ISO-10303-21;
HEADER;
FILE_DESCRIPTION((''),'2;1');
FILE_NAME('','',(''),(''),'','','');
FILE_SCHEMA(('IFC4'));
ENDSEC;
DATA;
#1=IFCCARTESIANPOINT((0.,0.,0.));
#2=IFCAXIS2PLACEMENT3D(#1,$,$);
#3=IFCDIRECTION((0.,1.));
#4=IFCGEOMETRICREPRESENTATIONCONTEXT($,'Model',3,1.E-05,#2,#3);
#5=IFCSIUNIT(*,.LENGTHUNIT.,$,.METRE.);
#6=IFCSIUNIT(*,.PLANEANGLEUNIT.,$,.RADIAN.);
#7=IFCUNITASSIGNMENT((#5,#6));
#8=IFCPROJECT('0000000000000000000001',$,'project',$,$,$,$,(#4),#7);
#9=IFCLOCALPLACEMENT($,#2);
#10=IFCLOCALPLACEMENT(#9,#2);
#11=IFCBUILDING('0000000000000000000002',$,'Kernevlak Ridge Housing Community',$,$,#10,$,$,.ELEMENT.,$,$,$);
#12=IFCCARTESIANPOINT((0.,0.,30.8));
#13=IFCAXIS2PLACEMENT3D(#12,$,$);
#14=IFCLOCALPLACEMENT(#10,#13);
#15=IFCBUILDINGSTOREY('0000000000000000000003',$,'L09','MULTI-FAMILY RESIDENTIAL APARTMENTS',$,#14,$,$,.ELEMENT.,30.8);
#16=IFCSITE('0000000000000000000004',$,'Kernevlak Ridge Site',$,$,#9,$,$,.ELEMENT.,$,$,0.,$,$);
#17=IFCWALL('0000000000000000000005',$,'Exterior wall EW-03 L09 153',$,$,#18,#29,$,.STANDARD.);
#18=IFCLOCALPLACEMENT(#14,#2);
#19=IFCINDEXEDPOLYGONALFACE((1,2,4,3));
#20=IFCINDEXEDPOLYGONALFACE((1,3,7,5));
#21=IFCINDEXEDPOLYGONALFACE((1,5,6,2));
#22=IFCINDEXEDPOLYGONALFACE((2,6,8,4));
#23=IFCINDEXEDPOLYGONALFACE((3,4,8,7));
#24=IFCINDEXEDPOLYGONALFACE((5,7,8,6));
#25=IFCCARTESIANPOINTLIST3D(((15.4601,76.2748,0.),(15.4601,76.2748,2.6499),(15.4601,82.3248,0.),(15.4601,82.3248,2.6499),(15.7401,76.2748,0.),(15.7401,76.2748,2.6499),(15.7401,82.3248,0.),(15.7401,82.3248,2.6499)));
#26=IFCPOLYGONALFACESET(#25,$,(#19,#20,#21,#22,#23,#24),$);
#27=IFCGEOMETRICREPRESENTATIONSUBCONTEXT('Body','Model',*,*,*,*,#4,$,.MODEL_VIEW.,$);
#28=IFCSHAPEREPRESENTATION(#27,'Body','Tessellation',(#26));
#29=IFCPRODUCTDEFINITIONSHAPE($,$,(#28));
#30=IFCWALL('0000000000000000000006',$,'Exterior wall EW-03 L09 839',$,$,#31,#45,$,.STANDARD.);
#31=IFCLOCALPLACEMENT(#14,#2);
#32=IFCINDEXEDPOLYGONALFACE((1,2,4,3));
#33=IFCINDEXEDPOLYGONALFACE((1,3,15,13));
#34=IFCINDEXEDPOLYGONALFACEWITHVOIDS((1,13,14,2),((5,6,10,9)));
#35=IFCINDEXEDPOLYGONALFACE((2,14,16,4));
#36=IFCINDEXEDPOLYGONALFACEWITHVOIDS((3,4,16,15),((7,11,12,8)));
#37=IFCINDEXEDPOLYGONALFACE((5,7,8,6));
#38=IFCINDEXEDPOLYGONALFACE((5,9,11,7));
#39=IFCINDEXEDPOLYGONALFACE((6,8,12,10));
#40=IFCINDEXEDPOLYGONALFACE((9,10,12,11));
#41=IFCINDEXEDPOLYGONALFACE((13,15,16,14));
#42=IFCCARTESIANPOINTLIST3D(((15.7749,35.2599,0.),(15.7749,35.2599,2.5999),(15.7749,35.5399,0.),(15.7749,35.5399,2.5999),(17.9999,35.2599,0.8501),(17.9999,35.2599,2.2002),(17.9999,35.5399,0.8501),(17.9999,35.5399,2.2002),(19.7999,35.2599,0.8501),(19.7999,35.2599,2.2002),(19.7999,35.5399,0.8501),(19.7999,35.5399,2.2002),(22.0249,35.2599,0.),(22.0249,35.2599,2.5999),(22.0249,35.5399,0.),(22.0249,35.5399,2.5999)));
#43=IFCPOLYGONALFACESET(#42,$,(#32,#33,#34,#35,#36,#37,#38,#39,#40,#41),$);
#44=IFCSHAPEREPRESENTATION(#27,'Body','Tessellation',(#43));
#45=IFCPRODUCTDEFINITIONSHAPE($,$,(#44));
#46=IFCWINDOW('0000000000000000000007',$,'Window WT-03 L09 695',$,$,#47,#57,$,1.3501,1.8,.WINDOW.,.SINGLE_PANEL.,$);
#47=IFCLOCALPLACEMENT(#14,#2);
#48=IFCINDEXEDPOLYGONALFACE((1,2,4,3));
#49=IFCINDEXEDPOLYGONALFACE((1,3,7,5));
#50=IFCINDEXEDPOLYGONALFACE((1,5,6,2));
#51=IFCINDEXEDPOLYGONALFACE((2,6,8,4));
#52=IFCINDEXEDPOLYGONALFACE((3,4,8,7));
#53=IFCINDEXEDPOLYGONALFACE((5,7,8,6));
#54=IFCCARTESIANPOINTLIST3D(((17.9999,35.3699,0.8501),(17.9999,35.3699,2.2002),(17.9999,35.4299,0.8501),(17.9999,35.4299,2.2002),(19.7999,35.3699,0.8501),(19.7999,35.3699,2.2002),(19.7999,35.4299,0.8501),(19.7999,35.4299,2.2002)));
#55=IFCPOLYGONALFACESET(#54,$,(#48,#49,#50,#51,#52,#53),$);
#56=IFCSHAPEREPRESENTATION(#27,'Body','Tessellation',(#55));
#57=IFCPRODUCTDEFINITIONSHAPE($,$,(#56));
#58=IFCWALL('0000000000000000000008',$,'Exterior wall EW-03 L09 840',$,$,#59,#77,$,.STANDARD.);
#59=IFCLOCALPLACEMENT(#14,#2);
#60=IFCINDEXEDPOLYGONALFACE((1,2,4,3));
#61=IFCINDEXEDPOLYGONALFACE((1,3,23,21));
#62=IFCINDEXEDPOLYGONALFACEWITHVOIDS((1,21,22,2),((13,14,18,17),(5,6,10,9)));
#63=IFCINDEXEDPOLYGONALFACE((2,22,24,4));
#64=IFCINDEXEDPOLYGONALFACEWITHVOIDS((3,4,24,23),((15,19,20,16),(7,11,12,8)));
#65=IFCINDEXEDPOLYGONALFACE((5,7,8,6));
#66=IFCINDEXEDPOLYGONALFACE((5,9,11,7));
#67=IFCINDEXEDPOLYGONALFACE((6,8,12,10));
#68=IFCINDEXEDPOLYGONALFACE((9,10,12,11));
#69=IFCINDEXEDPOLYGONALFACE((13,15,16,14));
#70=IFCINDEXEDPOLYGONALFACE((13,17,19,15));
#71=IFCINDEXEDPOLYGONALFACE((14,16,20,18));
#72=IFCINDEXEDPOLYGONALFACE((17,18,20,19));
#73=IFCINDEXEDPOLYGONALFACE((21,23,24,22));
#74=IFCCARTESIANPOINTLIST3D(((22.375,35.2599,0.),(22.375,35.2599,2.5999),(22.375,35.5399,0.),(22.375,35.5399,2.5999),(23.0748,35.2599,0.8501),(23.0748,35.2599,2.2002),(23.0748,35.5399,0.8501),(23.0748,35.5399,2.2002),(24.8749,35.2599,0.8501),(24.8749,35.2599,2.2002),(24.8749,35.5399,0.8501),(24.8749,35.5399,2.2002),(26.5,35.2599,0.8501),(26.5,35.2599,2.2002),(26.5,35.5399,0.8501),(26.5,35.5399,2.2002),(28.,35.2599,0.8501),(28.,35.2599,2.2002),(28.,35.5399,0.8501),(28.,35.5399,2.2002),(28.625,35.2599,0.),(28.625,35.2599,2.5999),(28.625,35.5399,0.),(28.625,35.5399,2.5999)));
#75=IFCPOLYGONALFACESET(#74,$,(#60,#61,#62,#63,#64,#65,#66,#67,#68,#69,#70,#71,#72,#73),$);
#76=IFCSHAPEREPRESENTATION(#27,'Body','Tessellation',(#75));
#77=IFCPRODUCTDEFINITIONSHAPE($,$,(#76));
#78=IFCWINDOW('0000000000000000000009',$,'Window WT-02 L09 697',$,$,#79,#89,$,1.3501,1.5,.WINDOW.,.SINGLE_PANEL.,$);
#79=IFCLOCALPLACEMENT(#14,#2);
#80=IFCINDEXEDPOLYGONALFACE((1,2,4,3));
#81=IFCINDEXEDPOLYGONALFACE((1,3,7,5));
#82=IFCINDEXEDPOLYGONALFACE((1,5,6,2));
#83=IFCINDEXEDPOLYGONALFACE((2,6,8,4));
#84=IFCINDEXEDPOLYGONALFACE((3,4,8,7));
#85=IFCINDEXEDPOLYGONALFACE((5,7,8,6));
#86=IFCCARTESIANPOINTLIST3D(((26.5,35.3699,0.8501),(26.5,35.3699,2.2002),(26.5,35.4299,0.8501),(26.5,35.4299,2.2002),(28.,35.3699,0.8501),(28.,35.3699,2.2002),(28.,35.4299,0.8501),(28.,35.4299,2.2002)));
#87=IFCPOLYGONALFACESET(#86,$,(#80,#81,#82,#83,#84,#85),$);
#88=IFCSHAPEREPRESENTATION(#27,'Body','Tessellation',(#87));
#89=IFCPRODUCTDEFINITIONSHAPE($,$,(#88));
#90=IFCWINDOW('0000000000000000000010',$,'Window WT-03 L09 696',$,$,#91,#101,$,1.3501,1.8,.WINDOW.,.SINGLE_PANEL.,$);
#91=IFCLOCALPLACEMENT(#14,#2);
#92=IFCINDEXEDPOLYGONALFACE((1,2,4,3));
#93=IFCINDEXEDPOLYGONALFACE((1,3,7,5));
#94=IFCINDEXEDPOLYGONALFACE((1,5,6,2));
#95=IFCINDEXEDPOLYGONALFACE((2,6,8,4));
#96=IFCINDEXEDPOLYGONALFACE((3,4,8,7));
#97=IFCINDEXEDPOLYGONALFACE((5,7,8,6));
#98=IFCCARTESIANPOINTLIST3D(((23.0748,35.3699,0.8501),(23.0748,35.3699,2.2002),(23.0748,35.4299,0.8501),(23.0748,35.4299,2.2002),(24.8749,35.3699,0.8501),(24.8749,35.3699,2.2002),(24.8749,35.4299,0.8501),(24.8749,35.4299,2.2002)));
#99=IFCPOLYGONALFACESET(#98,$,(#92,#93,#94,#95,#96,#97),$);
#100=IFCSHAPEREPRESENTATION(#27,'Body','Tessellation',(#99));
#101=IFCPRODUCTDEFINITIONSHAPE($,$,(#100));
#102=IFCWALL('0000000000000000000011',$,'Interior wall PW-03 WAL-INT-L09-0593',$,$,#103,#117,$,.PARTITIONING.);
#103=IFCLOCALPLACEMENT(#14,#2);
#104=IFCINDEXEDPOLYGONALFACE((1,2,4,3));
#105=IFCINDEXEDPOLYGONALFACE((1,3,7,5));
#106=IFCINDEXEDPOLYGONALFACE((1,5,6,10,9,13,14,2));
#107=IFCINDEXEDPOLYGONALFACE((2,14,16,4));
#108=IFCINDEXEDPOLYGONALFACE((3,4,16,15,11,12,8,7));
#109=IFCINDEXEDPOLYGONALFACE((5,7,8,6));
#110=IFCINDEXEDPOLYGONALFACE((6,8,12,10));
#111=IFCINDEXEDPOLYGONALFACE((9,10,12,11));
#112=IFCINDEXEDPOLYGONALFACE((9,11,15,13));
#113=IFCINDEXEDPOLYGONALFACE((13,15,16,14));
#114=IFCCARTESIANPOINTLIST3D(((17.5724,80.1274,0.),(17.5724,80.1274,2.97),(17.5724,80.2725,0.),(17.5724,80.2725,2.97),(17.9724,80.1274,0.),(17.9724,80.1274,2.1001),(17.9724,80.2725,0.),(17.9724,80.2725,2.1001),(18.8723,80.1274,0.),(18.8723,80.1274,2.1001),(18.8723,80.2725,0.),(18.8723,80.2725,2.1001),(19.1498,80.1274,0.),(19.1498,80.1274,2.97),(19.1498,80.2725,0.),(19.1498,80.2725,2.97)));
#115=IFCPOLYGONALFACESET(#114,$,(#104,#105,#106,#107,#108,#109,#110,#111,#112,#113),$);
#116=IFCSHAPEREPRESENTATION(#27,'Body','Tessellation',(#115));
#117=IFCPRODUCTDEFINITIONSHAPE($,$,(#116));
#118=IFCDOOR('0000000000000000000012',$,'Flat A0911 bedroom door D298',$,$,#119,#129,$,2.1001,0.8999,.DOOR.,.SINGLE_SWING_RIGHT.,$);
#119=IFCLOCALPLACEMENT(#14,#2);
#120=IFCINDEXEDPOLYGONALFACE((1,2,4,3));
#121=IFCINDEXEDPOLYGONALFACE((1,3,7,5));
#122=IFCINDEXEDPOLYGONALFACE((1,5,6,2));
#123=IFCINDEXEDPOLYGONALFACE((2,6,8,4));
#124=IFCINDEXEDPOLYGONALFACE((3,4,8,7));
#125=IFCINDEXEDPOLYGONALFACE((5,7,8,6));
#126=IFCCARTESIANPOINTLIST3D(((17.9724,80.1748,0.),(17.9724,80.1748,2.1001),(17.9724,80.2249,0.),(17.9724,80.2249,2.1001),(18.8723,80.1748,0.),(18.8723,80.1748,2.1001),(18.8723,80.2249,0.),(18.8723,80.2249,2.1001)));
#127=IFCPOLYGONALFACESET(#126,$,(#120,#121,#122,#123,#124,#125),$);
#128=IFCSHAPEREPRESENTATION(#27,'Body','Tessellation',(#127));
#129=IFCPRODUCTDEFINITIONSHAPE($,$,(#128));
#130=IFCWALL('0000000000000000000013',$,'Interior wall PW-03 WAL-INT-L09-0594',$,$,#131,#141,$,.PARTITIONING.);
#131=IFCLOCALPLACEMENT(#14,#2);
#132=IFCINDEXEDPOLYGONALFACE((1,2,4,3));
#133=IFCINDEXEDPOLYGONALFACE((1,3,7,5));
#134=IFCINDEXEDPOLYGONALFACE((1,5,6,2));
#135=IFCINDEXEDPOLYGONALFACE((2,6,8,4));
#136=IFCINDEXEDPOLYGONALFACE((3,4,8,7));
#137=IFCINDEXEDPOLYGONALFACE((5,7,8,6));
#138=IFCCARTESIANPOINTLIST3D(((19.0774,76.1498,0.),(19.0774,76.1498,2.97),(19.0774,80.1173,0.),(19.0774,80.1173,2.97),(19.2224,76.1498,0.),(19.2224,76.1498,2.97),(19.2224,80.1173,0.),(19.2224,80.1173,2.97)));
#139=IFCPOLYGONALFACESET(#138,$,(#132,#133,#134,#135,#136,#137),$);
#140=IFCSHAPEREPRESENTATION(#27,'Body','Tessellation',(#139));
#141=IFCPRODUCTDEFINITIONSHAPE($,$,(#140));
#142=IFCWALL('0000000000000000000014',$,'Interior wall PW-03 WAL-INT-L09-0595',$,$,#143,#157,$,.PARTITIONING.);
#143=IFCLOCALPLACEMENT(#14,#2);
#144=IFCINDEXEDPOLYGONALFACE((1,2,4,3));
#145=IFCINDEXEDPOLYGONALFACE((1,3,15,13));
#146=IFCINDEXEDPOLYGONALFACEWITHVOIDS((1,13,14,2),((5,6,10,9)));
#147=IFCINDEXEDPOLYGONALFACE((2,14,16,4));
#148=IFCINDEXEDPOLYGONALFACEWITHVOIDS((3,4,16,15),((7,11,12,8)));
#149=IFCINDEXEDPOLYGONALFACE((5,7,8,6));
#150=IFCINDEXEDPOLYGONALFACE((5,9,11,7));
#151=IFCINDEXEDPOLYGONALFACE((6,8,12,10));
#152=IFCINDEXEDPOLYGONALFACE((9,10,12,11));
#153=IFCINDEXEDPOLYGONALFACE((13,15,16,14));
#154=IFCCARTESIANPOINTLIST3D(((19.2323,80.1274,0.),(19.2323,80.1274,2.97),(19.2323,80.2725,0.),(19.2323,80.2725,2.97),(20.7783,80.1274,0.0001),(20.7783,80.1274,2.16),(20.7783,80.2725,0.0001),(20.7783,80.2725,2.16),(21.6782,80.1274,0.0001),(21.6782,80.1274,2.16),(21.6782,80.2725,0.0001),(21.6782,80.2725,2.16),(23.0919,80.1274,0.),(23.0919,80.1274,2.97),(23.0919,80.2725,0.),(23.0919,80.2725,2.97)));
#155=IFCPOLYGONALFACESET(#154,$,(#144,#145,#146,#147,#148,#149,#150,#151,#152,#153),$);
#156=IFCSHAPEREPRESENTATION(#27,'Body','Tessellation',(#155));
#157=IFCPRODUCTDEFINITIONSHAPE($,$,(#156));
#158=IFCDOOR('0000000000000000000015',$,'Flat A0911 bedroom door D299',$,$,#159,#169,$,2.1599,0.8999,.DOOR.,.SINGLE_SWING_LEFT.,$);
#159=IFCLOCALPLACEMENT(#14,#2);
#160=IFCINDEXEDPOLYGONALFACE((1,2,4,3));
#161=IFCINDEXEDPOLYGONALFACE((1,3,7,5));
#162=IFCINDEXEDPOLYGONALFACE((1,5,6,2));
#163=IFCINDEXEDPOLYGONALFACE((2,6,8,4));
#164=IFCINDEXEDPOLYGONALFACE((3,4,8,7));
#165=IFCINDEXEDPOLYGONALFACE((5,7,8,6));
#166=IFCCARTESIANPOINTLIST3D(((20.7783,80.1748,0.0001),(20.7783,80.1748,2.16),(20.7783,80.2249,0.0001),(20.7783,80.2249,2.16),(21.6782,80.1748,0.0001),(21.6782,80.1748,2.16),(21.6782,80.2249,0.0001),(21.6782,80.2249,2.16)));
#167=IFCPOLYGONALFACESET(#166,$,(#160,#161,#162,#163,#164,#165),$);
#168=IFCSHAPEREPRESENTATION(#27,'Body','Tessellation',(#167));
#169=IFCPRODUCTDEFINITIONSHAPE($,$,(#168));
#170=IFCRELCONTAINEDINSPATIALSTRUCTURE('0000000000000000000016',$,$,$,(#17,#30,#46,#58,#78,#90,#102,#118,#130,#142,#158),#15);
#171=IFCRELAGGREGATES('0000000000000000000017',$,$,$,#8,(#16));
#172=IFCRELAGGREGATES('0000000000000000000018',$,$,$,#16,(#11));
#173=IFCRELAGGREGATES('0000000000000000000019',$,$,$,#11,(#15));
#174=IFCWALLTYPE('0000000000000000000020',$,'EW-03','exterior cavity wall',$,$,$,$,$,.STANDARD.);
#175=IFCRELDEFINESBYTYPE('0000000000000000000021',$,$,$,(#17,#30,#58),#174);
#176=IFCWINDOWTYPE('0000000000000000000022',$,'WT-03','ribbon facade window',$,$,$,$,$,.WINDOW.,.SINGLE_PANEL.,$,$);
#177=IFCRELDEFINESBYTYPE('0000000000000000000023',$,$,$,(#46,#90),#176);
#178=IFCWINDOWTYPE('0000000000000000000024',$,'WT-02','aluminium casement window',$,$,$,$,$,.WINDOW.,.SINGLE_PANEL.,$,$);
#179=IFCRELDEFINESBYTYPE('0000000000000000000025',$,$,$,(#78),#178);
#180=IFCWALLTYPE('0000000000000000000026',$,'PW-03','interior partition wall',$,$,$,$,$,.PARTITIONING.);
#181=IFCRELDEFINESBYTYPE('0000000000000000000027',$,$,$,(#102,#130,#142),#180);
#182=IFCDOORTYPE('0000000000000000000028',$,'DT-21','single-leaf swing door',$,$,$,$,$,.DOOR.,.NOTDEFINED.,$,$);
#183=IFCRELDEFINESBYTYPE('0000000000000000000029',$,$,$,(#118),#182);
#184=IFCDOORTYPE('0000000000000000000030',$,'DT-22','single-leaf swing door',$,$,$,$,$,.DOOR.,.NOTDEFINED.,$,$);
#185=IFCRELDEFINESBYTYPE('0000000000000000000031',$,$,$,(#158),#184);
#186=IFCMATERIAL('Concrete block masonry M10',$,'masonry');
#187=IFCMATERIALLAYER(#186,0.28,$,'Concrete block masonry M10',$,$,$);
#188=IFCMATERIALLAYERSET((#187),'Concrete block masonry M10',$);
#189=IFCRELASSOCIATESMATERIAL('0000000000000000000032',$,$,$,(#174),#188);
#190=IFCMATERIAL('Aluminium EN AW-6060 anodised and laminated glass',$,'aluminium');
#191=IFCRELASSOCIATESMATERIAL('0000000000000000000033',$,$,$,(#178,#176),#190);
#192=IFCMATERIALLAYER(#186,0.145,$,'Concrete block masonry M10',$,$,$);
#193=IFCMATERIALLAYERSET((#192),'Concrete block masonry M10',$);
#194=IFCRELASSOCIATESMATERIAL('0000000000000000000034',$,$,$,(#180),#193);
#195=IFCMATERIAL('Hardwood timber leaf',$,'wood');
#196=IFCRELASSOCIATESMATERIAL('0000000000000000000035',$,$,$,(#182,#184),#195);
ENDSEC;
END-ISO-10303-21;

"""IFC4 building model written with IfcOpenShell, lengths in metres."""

from ifc_helpers import new_model, si_unit, direction, frame, frame_2d, origin, place, context, subcontext, project, spatial, rectangle, extrude, material, layer, layer_set, type_object, element, fill, save


model = new_model("IFC4")

# Units and contexts
model_context = context("Model", 3, precision=1e-05, world=origin(), true_north=direction((0.0, 1.0)))
body_context = subcontext(model_context, "Body", "Model", "MODEL_VIEW")
ifc_project = project(units=[si_unit("LENGTHUNIT", "METRE"), si_unit("PLANEANGLEUNIT", "RADIAN")], contexts=[model_context])

# Site, building, storey
site_placement = place(None, origin())
site = spatial("IfcSite", under=ifc_project, at=site_placement, Name="Kernevlak Ridge Site", CompositionType="ELEMENT", RefElevation=0.0)
building_placement = place(site_placement, origin())
building = spatial("IfcBuilding", under=site, at=building_placement, Name="Kernevlak Ridge Housing Community", CompositionType="ELEMENT")
storey_placement = place(building_placement, frame((0.0, 0.0, 30.8)))
storey = spatial("IfcBuildingStorey", under=building, at=storey_placement, Name="L09", Description="MULTI-FAMILY RESIDENTIAL APARTMENTS", CompositionType="ELEMENT", Elevation=30.8)

# Shared definitions
ifc_material_1 = material(Name="Concrete block masonry M10", Category="masonry")
ifc_layer_1 = layer(ifc_material_1, 0.28, Name="Concrete block masonry M10")
ifc_layer_set_1 = layer_set([ifc_layer_1], Name="Concrete block masonry M10")
wall_type_1 = type_object("IfcWallType", Name="EW-03", Description="exterior cavity wall", PredefinedType="STANDARD", material=ifc_layer_set_1)
ifc_material_2 = material(Name="Aluminium EN AW-6060 anodised and laminated glass", Category="aluminium")
window_type_1 = type_object("IfcWindowType", Name="WT-02", Description="aluminium casement window", PartitioningType="SINGLE_PANEL", PredefinedType="WINDOW", material=ifc_material_2)
window_type_2 = type_object("IfcWindowType", Name="WT-03", Description="ribbon facade window", PartitioningType="SINGLE_PANEL", PredefinedType="WINDOW", material=ifc_material_2)

# Wall
wall_1_placement = place(storey_placement, frame((15.6001, 76.2749, 0.0), z_axis=(0.0, 0.0, 1.0), x_axis=(0.0, 1.0, 0.0)))
element("IfcWall", 1, at=wall_1_placement, inside=storey, type_object=wall_type_1, Name="Exterior wall EW-03 L09 153", PredefinedType="STANDARD", context=body_context, shape_type="SweptSolid", body=[
    extrude(rectangle(XDim=6.05, YDim=0.28, at=frame_2d((3.0249, 0.0))), origin(), (0.0, 0.0, 1.0), 2.6499),
])

# Wall, opening, window
wall_2_placement = place(storey_placement, frame((15.7749, 35.3999, 0.0), z_axis=(0.0, 0.0, 1.0), x_axis=(1.0, 0.0, 0.0)))
wall_2 = element("IfcWall", 2, at=wall_2_placement, inside=storey, type_object=wall_type_1, Name="Exterior wall EW-03 L09 839", PredefinedType="STANDARD", context=body_context, shape_type="SweptSolid", body=[
    extrude(rectangle(XDim=6.25, YDim=0.28, at=frame_2d((3.125, 0.0))), origin(), (0.0, 0.0, 1.0), 2.5999),
])
opening_1_placement = place(wall_2_placement, frame((2.2251, 0.0, 0.8501)))
opening_1 = element("IfcOpeningElement", 3, at=opening_1_placement, cuts=wall_2, PredefinedType="OPENING", context=body_context, shape_type="SweptSolid", body=[
    extrude(rectangle(XDim=1.8, YDim=1.3501, at=frame_2d((0.8999, 0.675))), frame((0.0, 0.1499, 0.0), z_axis=(0.0, -1.0, 0.0), x_axis=(1.0, 0.0, 0.0)), (0.0, 0.0, 1.0), 0.3),
])
window_1_placement = place(opening_1_placement, origin())
window_1 = element("IfcWindow", 4, at=window_1_placement, inside=storey, type_object=window_type_2, Name="Window WT-03 L09 695", OverallHeight=1.3501, OverallWidth=1.8, PartitioningType="SINGLE_PANEL", PredefinedType="WINDOW", context=body_context, shape_type="SweptSolid", body=[
    extrude(rectangle(XDim=1.8, YDim=1.3501, at=frame_2d((0.8999, 0.675))), frame((0.0, 0.03, 0.0), z_axis=(0.0, -1.0, 0.0), x_axis=(1.0, 0.0, 0.0)), (0.0, 0.0, 1.0), 0.0601),
])
fill(opening_1, window_1)

# Wall, openings, windows
wall_3_placement = place(storey_placement, frame((22.375, 35.3999, 0.0), z_axis=(0.0, 0.0, 1.0), x_axis=(1.0, 0.0, 0.0)))
wall_3 = element("IfcWall", 5, at=wall_3_placement, inside=storey, type_object=wall_type_1, Name="Exterior wall EW-03 L09 840", PredefinedType="STANDARD", context=body_context, shape_type="SweptSolid", body=[
    extrude(rectangle(XDim=6.25, YDim=0.28, at=frame_2d((3.125, 0.0))), origin(), (0.0, 0.0, 1.0), 2.5999),
])
opening_2_placement = place(wall_3_placement, frame((0.7, 0.0, 0.8501)))
opening_2 = element("IfcOpeningElement", 6, at=opening_2_placement, cuts=wall_3, PredefinedType="OPENING", context=body_context, shape_type="SweptSolid", body=[
    extrude(rectangle(XDim=1.8, YDim=1.3501, at=frame_2d((0.8999, 0.675))), frame((0.0, 0.1499, 0.0), z_axis=(0.0, -1.0, 0.0), x_axis=(1.0, 0.0, 0.0)), (0.0, 0.0, 1.0), 0.3),
])
opening_3_placement = place(wall_3_placement, frame((4.125, 0.0, 0.8501)))
opening_3 = element("IfcOpeningElement", 7, at=opening_3_placement, cuts=wall_3, PredefinedType="OPENING", context=body_context, shape_type="SweptSolid", body=[
    extrude(rectangle(XDim=1.5, YDim=1.3501, at=frame_2d((0.75, 0.675))), frame((0.0, 0.1499, 0.0), z_axis=(0.0, -1.0, 0.0), x_axis=(1.0, 0.0, 0.0)), (0.0, 0.0, 1.0), 0.3),
])
window_2_placement = place(opening_3_placement, origin())
window_2 = element("IfcWindow", 8, at=window_2_placement, inside=storey, type_object=window_type_1, Name="Window WT-02 L09 697", OverallHeight=1.3501, OverallWidth=1.5, PartitioningType="SINGLE_PANEL", PredefinedType="WINDOW", context=body_context, shape_type="SweptSolid", body=[
    extrude(rectangle(XDim=1.5, YDim=1.3501, at=frame_2d((0.75, 0.675))), frame((0.0, 0.03, 0.0), z_axis=(0.0, -1.0, 0.0), x_axis=(1.0, 0.0, 0.0)), (0.0, 0.0, 1.0), 0.0601),
])
fill(opening_3, window_2)
window_3_placement = place(opening_2_placement, origin())
window_3 = element("IfcWindow", 9, at=window_3_placement, inside=storey, type_object=window_type_2, Name="Window WT-03 L09 696", OverallHeight=1.3501, OverallWidth=1.8, PartitioningType="SINGLE_PANEL", PredefinedType="WINDOW", context=body_context, shape_type="SweptSolid", body=[
    extrude(rectangle(XDim=1.8, YDim=1.3501, at=frame_2d((0.8999, 0.675))), frame((0.0, 0.03, 0.0), z_axis=(0.0, -1.0, 0.0), x_axis=(1.0, 0.0, 0.0)), (0.0, 0.0, 1.0), 0.0601),
])
fill(opening_2, window_3)

# Wall, opening, door
ifc_layer_2 = layer(ifc_material_1, 0.145, Name="Concrete block masonry M10")
ifc_layer_set_2 = layer_set([ifc_layer_2], Name="Concrete block masonry M10")
wall_type_2 = type_object("IfcWallType", Name="PW-03", Description="interior partition wall", PredefinedType="PARTITIONING", material=ifc_layer_set_2)
wall_4_placement = place(storey_placement, frame((17.5725, 80.2, 0.0), z_axis=(0.0, 0.0, 1.0), x_axis=(1.0, 0.0, 0.0)))
wall_4 = element("IfcWall", 10, at=wall_4_placement, inside=storey, type_object=wall_type_2, Name="Interior wall PW-03 WAL-INT-L09-0593", PredefinedType="PARTITIONING", context=body_context, shape_type="SweptSolid", body=[
    extrude(rectangle(XDim=1.5774, YDim=0.145, at=frame_2d((0.7886, 0.0))), origin(), (0.0, 0.0, 1.0), 2.97),
])
opening_4_placement = place(wall_4_placement, frame((0.3999, 0.0, 0.0)))
opening_4 = element("IfcOpeningElement", 11, at=opening_4_placement, cuts=wall_4, PredefinedType="OPENING", context=body_context, shape_type="SweptSolid", body=[
    extrude(rectangle(XDim=0.8999, YDim=2.1001, at=frame_2d((0.45, 1.05))), frame((0.0, 0.0825, 0.0), z_axis=(0.0, -1.0, 0.0), x_axis=(1.0, 0.0, 0.0)), (0.0, 0.0, 1.0), 0.165),
])
ifc_material_3 = material(Name="Hardwood timber leaf", Category="wood")
door_type_1 = type_object("IfcDoorType", Name="DT-21", Description="single-leaf swing door", OperationType="NOTDEFINED", PredefinedType="DOOR", material=ifc_material_3)
door_1_placement = place(opening_4_placement, origin())
door_1 = element("IfcDoor", 12, at=door_1_placement, inside=storey, type_object=door_type_1, Name="Flat A0911 bedroom door D298", OperationType="SINGLE_SWING_RIGHT", OverallHeight=2.1001, OverallWidth=0.8999, PredefinedType="DOOR", context=body_context, shape_type="SweptSolid", body=[
    extrude(rectangle(XDim=0.8999, YDim=2.1001, at=frame_2d((0.45, 1.05))), frame((0.0, 0.0249, 0.0), z_axis=(0.0, -1.0, 0.0), x_axis=(1.0, 0.0, 0.0)), (0.0, 0.0, 1.0), 0.05),
])
fill(opening_4, door_1)

# Wall
wall_5_placement = place(storey_placement, frame((19.1499, 80.1174, 0.0), z_axis=(0.0, 0.0, 1.0), x_axis=(0.0, -1.0, 0.0)))
element("IfcWall", 13, at=wall_5_placement, inside=storey, type_object=wall_type_2, Name="Interior wall PW-03 WAL-INT-L09-0594", PredefinedType="PARTITIONING", context=body_context, shape_type="SweptSolid", body=[
    extrude(rectangle(XDim=3.9675, YDim=0.145, at=frame_2d((1.9839, 0.0))), origin(), (0.0, 0.0, 1.0), 2.97),
])

# Wall, opening, door
wall_6_placement = place(storey_placement, frame((19.2324, 80.2, 0.0), z_axis=(0.0, 0.0, 1.0), x_axis=(1.0, 0.0, 0.0)))
wall_6 = element("IfcWall", 14, at=wall_6_placement, inside=storey, type_object=wall_type_2, Name="Interior wall PW-03 WAL-INT-L09-0595", PredefinedType="PARTITIONING", context=body_context, shape_type="SweptSolid", body=[
    extrude(rectangle(XDim=3.8596, YDim=0.145, at=frame_2d((1.9297, 0.0))), origin(), (0.0, 0.0, 1.0), 2.97),
])
opening_5_placement = place(wall_6_placement, frame((1.5459, 0.0, 0.0)))
opening_5 = element("IfcOpeningElement", 15, at=opening_5_placement, cuts=wall_6, PredefinedType="OPENING", context=body_context, shape_type="SweptSolid", body=[
    extrude(rectangle(XDim=0.8999, YDim=2.1599, at=frame_2d((0.45, 1.0801))), frame((0.0, 0.0825, 0.0), z_axis=(0.0, -1.0, 0.0), x_axis=(1.0, 0.0, 0.0)), (0.0, 0.0, 1.0), 0.165),
])
door_type_2 = type_object("IfcDoorType", Name="DT-22", Description="single-leaf swing door", OperationType="NOTDEFINED", PredefinedType="DOOR", material=ifc_material_3)
door_2_placement = place(opening_5_placement, origin())
door_2 = element("IfcDoor", 16, at=door_2_placement, inside=storey, type_object=door_type_2, Name="Flat A0911 bedroom door D299", OperationType="SINGLE_SWING_LEFT", OverallHeight=2.1599, OverallWidth=0.8999, PredefinedType="DOOR", context=body_context, shape_type="SweptSolid", body=[
    extrude(rectangle(XDim=0.8999, YDim=2.1599, at=frame_2d((0.45, 1.0801))), frame((0.0, 0.0249, 0.0), z_axis=(0.0, -1.0, 0.0), x_axis=(1.0, 0.0, 0.0)), (0.0, 0.0, 1.0), 0.05),
])
fill(opening_5, door_2)

save(model, "model.ifc")
